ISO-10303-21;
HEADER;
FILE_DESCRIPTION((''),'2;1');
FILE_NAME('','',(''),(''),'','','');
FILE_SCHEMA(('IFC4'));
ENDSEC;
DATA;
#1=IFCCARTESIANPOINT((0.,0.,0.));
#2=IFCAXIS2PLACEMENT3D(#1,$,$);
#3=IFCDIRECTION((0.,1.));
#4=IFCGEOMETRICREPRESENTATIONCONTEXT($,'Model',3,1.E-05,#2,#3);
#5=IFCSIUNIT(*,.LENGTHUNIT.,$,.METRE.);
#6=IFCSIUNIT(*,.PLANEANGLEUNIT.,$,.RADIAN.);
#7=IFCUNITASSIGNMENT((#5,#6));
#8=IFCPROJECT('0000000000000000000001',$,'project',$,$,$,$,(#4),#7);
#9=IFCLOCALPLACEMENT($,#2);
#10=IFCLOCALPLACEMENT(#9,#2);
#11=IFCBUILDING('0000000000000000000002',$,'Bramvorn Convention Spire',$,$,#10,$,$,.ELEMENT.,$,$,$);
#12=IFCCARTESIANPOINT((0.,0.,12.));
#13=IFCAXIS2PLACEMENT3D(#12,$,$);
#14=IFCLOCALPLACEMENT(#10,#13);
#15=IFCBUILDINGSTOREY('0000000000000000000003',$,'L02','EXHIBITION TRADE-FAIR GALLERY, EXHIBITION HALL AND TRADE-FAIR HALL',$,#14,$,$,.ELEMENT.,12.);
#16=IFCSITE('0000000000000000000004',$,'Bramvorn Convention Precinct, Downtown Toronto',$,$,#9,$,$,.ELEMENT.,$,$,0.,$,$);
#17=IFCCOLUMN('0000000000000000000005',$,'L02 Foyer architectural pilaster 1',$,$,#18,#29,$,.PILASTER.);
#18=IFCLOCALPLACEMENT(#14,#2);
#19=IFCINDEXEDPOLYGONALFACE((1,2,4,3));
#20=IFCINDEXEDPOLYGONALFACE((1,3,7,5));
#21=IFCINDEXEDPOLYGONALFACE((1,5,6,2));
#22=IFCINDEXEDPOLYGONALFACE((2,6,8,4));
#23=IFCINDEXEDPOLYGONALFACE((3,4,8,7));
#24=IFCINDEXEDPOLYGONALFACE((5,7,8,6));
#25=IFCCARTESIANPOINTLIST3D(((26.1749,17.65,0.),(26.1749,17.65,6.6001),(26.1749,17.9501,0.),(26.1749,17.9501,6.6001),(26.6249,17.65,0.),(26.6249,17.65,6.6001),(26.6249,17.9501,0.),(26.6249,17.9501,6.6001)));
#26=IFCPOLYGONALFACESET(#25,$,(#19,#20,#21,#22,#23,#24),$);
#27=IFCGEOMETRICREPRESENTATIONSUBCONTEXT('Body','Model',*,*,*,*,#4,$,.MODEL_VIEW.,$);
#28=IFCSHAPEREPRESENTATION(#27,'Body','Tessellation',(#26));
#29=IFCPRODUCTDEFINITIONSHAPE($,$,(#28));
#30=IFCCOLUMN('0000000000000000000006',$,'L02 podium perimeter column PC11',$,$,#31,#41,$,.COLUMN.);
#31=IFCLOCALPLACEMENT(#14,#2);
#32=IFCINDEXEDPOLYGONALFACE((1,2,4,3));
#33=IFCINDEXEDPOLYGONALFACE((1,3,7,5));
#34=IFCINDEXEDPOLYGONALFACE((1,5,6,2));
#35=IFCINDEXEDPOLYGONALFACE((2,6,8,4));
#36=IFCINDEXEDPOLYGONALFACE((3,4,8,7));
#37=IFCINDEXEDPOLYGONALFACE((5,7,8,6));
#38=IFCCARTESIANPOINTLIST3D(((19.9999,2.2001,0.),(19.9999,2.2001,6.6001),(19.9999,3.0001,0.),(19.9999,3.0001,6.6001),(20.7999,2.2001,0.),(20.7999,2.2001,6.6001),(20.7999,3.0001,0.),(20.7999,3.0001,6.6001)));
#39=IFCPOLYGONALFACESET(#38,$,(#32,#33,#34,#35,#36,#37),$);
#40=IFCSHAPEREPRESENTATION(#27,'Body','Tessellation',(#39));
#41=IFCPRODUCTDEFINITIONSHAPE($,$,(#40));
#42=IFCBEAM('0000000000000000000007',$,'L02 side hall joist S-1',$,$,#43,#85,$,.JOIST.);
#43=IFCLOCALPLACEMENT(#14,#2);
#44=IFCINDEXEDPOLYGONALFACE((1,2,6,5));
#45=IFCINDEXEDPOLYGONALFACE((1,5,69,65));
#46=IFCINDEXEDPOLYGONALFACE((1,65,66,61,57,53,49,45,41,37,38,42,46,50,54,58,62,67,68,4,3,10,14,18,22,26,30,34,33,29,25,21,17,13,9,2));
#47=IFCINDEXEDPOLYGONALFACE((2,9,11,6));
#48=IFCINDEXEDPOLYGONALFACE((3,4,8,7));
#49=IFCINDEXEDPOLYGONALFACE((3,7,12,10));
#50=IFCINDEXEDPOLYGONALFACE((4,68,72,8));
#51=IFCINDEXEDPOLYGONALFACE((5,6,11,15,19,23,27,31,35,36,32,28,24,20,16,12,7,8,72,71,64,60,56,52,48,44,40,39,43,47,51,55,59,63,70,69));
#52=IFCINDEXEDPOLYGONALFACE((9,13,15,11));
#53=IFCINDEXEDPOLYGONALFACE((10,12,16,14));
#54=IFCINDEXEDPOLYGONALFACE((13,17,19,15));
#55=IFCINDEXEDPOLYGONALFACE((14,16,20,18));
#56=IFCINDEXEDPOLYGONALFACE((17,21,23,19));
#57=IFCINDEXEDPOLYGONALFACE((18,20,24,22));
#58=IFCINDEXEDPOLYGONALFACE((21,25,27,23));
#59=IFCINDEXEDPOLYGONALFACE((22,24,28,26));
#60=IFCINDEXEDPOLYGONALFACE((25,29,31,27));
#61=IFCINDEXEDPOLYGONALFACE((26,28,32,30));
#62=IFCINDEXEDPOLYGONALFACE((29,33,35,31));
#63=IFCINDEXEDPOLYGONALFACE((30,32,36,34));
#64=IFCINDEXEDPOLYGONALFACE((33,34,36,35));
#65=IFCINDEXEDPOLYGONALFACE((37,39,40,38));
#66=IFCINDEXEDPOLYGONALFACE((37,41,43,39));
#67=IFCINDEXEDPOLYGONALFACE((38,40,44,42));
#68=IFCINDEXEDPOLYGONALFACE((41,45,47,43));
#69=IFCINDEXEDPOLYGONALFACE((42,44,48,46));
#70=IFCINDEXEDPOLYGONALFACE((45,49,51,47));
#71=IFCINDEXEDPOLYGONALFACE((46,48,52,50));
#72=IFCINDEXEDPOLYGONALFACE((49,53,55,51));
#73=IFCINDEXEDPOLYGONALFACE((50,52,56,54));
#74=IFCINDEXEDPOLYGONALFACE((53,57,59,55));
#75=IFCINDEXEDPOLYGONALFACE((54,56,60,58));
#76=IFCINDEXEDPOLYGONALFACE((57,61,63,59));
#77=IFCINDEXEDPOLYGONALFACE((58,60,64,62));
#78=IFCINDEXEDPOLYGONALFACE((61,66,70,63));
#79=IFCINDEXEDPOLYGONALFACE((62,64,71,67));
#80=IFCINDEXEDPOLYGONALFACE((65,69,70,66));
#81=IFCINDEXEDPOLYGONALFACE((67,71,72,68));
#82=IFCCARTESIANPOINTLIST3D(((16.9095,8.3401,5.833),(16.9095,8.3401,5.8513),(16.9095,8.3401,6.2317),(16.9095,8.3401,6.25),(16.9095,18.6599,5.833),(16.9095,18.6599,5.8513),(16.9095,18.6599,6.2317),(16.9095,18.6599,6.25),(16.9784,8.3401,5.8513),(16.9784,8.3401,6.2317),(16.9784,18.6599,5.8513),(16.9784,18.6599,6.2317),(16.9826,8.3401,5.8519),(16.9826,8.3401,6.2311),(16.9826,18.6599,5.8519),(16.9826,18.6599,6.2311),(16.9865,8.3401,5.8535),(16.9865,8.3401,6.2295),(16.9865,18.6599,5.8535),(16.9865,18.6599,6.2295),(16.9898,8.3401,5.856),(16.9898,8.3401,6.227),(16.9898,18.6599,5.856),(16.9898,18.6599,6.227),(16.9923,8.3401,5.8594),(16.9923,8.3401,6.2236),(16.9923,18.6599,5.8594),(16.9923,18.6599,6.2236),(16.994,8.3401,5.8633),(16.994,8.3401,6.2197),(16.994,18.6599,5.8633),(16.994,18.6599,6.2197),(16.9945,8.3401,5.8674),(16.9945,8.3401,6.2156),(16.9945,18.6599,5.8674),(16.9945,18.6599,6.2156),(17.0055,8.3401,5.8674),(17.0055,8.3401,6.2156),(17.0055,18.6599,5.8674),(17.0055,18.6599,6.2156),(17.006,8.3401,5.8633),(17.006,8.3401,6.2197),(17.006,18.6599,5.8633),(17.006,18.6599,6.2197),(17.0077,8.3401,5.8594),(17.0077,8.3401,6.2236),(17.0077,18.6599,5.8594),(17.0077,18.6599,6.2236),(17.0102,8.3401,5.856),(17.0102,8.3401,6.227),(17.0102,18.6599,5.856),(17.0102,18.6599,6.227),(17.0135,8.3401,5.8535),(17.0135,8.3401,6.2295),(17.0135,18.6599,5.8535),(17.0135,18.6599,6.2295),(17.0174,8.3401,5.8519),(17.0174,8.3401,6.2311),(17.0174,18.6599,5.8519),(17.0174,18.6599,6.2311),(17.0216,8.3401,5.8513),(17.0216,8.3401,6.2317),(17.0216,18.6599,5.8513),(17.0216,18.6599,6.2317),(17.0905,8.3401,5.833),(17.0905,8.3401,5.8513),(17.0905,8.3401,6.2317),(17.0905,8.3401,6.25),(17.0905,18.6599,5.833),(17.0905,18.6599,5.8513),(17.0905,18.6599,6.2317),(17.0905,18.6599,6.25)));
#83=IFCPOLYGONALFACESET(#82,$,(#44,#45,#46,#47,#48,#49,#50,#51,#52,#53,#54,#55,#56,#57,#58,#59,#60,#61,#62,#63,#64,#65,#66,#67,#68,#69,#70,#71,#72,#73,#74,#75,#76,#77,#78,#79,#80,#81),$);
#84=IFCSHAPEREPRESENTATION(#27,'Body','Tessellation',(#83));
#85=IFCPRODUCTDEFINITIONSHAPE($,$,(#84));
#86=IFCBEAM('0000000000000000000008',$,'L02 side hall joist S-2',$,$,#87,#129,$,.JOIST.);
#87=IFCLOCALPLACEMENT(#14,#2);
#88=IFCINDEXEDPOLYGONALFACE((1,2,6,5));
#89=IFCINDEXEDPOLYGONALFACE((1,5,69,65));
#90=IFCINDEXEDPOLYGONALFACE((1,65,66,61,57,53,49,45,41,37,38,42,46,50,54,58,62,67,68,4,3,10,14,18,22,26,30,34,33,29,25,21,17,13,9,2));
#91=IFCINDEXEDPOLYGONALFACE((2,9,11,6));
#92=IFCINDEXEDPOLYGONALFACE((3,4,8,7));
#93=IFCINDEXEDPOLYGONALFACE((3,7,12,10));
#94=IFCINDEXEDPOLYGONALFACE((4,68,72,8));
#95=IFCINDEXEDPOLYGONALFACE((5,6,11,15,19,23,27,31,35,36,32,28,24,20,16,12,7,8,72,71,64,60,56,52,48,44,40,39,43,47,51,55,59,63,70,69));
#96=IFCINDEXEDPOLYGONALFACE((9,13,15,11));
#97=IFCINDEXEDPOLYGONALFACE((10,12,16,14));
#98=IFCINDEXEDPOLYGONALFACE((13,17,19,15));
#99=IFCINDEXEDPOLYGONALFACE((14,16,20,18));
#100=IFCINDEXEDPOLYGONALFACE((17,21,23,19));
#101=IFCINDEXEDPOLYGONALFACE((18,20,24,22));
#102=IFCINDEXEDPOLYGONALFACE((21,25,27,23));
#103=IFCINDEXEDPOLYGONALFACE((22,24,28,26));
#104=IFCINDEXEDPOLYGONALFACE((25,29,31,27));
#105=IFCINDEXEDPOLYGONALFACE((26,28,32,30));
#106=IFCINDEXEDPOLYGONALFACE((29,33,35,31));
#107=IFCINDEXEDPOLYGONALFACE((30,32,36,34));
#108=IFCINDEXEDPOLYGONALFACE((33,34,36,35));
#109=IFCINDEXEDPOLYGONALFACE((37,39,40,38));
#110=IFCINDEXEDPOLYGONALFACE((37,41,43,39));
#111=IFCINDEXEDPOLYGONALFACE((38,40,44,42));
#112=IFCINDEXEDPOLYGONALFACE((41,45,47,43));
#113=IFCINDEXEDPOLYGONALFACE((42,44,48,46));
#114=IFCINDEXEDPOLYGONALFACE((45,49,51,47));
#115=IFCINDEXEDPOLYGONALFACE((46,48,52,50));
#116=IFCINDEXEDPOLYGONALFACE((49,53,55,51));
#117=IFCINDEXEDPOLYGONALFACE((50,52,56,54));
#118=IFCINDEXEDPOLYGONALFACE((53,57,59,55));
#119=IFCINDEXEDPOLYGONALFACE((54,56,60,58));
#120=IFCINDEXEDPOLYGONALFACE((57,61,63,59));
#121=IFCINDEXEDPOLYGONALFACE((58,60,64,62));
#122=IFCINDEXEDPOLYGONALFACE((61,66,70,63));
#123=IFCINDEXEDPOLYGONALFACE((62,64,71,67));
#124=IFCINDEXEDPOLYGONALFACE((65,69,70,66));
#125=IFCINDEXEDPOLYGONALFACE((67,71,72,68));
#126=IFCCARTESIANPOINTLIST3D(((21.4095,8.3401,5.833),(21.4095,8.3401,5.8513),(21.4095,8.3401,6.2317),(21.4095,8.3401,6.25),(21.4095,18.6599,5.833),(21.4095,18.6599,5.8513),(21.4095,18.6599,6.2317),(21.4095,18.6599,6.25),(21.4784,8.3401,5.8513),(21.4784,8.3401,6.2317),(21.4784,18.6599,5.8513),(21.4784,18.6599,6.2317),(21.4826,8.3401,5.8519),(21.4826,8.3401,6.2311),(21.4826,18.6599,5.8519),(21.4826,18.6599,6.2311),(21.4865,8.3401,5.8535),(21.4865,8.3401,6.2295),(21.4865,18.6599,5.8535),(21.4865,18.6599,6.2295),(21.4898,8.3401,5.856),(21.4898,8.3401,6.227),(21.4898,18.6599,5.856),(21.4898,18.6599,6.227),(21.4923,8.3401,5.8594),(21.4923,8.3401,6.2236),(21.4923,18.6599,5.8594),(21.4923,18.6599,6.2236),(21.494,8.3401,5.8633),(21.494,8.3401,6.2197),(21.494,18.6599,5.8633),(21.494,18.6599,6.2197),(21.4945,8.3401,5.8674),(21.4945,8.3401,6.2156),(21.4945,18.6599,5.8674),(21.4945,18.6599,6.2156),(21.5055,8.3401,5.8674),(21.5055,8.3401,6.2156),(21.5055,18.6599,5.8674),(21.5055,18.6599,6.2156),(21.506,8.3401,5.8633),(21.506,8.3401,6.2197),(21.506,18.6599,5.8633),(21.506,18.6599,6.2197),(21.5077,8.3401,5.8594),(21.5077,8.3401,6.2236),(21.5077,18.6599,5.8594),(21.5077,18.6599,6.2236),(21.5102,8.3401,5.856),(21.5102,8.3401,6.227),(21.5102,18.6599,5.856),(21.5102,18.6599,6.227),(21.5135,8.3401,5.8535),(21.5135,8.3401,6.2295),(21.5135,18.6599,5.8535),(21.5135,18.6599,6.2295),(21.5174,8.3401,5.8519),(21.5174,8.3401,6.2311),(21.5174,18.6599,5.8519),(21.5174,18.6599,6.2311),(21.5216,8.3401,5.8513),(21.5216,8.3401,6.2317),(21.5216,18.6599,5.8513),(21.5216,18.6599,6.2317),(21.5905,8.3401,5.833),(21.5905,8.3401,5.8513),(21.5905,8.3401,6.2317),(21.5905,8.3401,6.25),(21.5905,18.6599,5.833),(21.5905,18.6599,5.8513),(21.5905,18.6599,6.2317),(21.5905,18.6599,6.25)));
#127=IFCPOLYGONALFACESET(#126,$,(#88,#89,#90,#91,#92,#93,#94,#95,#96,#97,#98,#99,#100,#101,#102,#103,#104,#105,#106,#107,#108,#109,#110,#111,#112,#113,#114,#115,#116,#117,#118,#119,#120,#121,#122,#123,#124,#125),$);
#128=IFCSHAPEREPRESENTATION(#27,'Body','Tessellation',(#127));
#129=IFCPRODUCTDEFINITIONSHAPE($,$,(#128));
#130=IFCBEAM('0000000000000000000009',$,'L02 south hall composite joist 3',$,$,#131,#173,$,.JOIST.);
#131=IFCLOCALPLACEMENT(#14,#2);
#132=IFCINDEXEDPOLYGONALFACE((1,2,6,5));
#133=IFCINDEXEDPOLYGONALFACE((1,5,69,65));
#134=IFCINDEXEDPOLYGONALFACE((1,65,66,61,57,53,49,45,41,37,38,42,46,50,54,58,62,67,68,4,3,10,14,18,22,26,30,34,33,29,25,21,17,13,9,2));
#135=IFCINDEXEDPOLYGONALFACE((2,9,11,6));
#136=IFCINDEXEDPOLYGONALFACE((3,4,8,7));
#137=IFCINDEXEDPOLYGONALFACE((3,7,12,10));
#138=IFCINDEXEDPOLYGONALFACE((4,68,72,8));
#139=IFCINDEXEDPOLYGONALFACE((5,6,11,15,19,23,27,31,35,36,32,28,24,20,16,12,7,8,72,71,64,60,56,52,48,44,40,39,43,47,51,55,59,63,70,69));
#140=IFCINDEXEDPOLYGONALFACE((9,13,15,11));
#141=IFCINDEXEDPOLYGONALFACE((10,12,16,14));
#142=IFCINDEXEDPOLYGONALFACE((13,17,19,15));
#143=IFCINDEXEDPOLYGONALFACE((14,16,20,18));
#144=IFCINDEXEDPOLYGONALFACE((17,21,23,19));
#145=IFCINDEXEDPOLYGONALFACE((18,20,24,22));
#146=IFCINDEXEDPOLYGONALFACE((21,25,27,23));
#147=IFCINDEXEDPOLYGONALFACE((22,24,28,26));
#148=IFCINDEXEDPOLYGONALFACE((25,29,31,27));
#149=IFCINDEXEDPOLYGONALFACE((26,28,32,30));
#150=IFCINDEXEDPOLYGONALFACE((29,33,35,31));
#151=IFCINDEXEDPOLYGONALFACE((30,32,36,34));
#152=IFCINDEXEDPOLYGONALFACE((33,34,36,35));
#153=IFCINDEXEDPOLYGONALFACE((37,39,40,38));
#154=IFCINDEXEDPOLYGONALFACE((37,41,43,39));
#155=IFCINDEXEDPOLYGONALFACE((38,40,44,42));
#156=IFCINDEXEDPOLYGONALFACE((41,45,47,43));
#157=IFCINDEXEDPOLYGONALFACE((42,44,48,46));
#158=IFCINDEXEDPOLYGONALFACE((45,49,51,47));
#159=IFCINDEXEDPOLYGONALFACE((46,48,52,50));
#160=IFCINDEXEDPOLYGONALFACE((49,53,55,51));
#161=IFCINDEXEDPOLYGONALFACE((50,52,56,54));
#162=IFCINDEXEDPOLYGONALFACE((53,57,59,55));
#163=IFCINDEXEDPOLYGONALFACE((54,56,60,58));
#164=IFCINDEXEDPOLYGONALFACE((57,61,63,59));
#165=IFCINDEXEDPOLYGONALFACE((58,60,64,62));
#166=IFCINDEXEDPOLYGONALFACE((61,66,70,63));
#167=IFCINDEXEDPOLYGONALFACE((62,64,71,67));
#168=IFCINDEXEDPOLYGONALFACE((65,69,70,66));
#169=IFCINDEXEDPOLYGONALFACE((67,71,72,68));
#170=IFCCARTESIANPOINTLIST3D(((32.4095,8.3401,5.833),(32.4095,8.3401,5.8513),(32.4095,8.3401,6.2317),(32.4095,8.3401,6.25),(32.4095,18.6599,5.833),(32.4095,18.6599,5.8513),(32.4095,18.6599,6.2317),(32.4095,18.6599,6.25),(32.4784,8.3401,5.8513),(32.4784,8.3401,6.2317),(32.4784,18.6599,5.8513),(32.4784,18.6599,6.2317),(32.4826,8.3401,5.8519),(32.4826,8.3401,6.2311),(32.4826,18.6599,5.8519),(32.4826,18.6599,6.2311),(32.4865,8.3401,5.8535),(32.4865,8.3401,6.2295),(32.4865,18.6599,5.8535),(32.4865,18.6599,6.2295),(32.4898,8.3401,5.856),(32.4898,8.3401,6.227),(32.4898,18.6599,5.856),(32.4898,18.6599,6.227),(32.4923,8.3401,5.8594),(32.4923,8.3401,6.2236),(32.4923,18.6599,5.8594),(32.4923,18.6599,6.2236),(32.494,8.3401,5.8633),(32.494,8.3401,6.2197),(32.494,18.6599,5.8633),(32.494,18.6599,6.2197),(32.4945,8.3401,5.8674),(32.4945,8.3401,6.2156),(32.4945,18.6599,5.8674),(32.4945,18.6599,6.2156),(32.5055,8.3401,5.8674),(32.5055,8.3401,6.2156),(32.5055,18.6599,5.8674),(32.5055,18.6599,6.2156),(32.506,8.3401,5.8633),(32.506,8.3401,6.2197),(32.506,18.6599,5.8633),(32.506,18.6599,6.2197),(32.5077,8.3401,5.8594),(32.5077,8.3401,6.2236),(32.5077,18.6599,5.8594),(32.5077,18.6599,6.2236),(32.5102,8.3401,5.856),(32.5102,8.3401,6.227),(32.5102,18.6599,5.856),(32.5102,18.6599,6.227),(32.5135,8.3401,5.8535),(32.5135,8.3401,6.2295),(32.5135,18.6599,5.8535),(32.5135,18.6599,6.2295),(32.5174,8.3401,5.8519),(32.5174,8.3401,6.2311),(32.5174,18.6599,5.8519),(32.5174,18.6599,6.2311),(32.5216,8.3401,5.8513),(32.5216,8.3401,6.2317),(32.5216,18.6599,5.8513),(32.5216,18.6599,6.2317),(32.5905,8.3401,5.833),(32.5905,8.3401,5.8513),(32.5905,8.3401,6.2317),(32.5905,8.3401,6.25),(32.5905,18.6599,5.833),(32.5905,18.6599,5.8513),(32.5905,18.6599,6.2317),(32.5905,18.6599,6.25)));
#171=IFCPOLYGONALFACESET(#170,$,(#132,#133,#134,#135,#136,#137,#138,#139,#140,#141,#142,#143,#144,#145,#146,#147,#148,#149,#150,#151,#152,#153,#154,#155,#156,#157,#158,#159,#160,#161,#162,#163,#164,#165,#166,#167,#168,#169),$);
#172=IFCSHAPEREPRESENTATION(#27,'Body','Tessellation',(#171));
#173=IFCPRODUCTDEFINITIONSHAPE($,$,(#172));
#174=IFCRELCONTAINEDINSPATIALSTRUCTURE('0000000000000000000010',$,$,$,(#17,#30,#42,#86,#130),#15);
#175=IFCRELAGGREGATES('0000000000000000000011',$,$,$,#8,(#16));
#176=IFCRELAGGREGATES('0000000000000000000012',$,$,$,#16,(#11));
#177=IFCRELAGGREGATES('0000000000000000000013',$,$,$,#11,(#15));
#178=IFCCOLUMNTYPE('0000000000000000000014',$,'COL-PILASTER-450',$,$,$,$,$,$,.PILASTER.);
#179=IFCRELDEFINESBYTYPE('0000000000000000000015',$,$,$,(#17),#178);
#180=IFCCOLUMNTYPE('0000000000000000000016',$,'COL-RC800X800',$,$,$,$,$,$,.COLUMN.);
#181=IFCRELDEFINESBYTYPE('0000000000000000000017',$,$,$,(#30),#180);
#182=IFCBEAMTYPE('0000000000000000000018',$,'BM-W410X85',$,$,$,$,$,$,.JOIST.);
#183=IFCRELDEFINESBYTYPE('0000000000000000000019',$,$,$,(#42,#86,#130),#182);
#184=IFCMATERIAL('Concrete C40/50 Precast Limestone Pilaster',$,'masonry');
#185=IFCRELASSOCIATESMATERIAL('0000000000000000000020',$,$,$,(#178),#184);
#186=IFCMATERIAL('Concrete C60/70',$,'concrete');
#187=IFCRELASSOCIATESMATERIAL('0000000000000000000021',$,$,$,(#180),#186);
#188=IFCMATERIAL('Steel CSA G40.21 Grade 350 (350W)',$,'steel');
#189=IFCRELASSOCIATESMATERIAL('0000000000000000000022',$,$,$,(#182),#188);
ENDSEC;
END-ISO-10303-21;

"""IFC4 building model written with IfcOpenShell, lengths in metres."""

from ifc_helpers import new_model, si_unit, direction, frame, origin, origin_2d, place, context, subcontext, project, spatial, rectangle, i_section, extrude, material, material_profile, profile_set, type_object, element, save


model = new_model("IFC4")

# Units and contexts
model_context = context("Model", 3, precision=1e-05, world=origin(), true_north=direction((0.0, 1.0)))
body_context = subcontext(model_context, "Body", "Model", "MODEL_VIEW")
ifc_project = project(units=[si_unit("LENGTHUNIT", "METRE"), si_unit("PLANEANGLEUNIT", "RADIAN")], contexts=[model_context])

# Site, building, storey
site_placement = place(None, origin())
site = spatial("IfcSite", under=ifc_project, at=site_placement, Name="Bramvorn Convention Precinct, Downtown Toronto", CompositionType="ELEMENT", RefElevation=0.0)
building_placement = place(site_placement, origin())
building = spatial("IfcBuilding", under=site, at=building_placement, Name="Bramvorn Convention Spire", CompositionType="ELEMENT")
storey_placement = place(building_placement, frame((0.0, 0.0, 12.0)))
storey = spatial("IfcBuildingStorey", under=building, at=storey_placement, Name="L02", Description="EXHIBITION TRADE-FAIR GALLERY, EXHIBITION HALL AND TRADE-FAIR HALL", CompositionType="ELEMENT", Elevation=12.0)

# Columns
ifc_material_1 = material(Name="Steel CSA G40.21 Grade 350 (350W)", Category="steel")
ifc_material_2 = material(Name="Concrete C40/50 Precast Limestone Pilaster", Category="masonry")
ifc_material_profile_1 = material_profile(ifc_material_2, rectangle(XDim=0.45, YDim=0.3, at=origin_2d()))
ifc_profile_set_1 = profile_set([ifc_material_profile_1], Name="Concrete C40/50 Precast Limestone Pilaster - PILASTER450X300")
column_type_1 = type_object("IfcColumnType", Name="COL-PILASTER-450", PredefinedType="PILASTER", material=ifc_profile_set_1)
column_1_placement = place(storey_placement, frame((26.3999, 17.8, 0.0), z_axis=(0.0, 0.0, 1.0), x_axis=(1.0, 0.0, 0.0)))
element("IfcColumn", 1, at=column_1_placement, inside=storey, type_object=column_type_1, Name="L02 Foyer architectural pilaster 1", PredefinedType="PILASTER", context=body_context, shape_type="SweptSolid", body=[
    extrude(rectangle(XDim=0.45, YDim=0.3, at=origin_2d()), origin(), (0.0, 0.0, 1.0), 6.6001),
])
ifc_material_3 = material(Name="Concrete C60/70", Category="concrete")
ifc_material_profile_2 = material_profile(ifc_material_3, rectangle(XDim=0.8, YDim=0.8, at=origin_2d()))
ifc_profile_set_2 = profile_set([ifc_material_profile_2], Name="Concrete C60/70 - RC800X800")
column_type_2 = type_object("IfcColumnType", Name="COL-RC800X800", PredefinedType="COLUMN", material=ifc_profile_set_2)
column_2_placement = place(storey_placement, frame((20.3999, 2.6001, 0.0), z_axis=(0.0, 0.0, 1.0), x_axis=(1.0, 0.0, 0.0)))
element("IfcColumn", 2, at=column_2_placement, inside=storey, type_object=column_type_2, Name="L02 podium perimeter column PC11", PredefinedType="COLUMN", context=body_context, shape_type="SweptSolid", body=[
    extrude(rectangle(XDim=0.8, YDim=0.8, at=origin_2d()), origin(), (0.0, 0.0, 1.0), 6.6001),
])

# Beams
ifc_material_profile_3 = material_profile(ifc_material_1, i_section(OverallWidth=0.1809, OverallDepth=0.417, WebThickness=0.011, FlangeThickness=0.0183, FilletRadius=0.0161, at=origin_2d()))
ifc_profile_set_3 = profile_set([ifc_material_profile_3], Name="Steel CSA G40.21 Grade 350 (350W) - W410X85")
beam_type_1 = type_object("IfcBeamType", Name="BM-W410X85", PredefinedType="JOIST", material=ifc_profile_set_3)
for number, where, z_axis, x_axis, name in (
    (3, (17.0, 8.3401, 6.0415), (0.0, 1.0, 0.0), (-1.0, 0.0, 0.0), "L02 side hall joist S-1"),
    (4, (21.5, 8.3401, 6.0415), (0.0, 1.0, 0.0), (-1.0, 0.0, 0.0), "L02 side hall joist S-2"),
    (5, (32.5, 8.3401, 6.0415), (0.0, 1.0, 0.0), (-1.0, 0.0, 0.0), "L02 south hall composite joist 3"),
):
    element("IfcBeam", number, at=place(storey_placement, frame(where, z_axis=z_axis, x_axis=x_axis)), inside=storey, type_object=beam_type_1, Name=name, PredefinedType="JOIST", context=body_context, shape_type="SweptSolid", body=[
        extrude(i_section(OverallWidth=0.1809, OverallDepth=0.417, WebThickness=0.011, FlangeThickness=0.0183, FilletRadius=0.0161, at=origin_2d()), origin(), (0.0, 0.0, 1.0), 10.3198),
    ])

save(model, "model.ifc")
